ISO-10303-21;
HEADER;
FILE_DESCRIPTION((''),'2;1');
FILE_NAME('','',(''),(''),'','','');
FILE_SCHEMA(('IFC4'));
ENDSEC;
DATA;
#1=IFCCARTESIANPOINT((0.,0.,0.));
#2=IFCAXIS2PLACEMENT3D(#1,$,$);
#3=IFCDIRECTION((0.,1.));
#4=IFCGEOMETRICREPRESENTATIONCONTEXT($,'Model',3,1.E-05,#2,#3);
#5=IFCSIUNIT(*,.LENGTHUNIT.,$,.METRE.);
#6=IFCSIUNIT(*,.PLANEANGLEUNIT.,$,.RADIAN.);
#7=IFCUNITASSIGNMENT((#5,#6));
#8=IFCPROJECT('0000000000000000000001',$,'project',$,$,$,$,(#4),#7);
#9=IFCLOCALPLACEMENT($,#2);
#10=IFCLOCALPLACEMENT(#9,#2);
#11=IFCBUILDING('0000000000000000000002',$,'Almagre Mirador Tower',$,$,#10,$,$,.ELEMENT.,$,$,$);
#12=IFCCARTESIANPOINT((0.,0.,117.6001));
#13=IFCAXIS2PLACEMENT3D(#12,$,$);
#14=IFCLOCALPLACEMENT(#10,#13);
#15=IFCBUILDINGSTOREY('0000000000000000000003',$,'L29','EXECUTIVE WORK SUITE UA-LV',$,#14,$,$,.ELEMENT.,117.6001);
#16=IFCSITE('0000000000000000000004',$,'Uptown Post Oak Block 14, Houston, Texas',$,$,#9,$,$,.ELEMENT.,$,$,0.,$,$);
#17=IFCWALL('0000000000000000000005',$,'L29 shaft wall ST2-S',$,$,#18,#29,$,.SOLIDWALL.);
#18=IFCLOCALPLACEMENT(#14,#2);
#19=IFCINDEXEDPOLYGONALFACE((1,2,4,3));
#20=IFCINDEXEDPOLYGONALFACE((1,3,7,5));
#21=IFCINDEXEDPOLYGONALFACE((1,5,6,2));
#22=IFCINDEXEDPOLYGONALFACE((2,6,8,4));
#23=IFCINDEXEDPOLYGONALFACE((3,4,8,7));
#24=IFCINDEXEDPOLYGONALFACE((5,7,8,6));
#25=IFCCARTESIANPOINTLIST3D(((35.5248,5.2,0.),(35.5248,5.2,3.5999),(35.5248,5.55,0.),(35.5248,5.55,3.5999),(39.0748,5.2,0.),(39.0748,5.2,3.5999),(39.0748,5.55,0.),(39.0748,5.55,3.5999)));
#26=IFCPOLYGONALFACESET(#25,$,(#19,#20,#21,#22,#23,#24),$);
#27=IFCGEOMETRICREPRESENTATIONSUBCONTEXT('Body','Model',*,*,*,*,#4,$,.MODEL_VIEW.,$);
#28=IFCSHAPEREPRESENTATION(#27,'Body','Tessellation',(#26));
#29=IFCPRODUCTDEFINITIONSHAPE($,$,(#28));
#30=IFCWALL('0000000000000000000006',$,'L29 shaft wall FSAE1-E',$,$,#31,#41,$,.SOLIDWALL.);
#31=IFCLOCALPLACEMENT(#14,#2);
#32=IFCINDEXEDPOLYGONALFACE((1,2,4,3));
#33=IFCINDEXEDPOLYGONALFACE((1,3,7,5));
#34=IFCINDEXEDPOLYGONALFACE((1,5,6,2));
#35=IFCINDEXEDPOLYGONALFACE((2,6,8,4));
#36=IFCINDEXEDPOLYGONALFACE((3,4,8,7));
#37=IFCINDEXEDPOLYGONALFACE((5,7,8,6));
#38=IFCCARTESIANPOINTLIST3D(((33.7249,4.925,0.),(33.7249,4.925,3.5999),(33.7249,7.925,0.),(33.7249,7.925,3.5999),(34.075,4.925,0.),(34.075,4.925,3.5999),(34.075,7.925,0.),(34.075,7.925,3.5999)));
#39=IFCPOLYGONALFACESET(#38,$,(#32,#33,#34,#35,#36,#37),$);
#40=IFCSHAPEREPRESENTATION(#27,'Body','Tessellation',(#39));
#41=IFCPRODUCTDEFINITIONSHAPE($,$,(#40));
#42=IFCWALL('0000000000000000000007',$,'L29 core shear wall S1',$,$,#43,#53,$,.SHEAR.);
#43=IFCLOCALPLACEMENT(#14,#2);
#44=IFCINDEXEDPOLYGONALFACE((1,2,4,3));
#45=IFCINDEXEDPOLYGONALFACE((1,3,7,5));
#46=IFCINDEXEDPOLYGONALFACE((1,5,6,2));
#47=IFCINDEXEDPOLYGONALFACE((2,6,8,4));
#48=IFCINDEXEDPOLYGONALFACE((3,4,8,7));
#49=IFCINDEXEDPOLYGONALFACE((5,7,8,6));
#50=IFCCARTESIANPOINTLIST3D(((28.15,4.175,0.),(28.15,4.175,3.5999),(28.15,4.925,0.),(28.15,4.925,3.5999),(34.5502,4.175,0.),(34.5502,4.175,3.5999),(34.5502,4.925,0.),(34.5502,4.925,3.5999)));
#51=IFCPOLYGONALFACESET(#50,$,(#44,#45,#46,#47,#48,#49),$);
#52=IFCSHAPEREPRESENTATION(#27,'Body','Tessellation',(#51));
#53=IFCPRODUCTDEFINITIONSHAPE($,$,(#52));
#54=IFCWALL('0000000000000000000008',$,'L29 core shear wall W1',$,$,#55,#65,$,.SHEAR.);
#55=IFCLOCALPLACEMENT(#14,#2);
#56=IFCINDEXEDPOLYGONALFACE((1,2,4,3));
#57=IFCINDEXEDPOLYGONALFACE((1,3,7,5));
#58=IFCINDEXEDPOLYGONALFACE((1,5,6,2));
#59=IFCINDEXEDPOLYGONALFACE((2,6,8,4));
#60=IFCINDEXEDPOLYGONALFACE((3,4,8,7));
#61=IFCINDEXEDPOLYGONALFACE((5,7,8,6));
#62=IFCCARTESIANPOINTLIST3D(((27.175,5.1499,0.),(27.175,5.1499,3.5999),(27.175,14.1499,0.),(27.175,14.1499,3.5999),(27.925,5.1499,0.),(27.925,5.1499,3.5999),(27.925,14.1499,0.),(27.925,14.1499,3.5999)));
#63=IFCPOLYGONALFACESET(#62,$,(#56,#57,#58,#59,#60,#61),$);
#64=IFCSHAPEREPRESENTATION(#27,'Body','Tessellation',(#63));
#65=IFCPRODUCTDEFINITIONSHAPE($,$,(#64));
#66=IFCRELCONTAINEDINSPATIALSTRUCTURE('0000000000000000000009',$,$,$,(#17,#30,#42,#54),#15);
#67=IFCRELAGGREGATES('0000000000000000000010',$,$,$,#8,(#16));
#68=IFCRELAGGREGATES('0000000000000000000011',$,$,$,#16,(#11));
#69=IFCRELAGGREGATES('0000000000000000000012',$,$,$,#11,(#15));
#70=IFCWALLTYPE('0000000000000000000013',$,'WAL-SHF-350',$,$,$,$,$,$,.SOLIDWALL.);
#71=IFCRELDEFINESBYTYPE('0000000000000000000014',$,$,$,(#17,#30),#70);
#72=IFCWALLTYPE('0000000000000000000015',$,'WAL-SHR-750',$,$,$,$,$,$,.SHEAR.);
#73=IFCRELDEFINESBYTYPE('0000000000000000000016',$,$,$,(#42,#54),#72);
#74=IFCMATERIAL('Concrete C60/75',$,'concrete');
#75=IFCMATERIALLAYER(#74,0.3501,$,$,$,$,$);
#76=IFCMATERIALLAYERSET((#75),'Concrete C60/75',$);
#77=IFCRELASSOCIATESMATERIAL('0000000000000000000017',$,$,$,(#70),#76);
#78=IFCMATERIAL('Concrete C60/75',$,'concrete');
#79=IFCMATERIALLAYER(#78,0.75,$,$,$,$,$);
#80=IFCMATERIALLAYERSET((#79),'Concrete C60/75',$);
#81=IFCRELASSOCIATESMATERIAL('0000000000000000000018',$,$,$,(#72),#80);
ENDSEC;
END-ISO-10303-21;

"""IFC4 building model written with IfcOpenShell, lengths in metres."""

from ifc_helpers import new_model, si_unit, direction, frame, frame_2d, origin, place, context, subcontext, project, spatial, rectangle, extrude, material, layer, layer_set, type_object, element, save


model = new_model("IFC4")

# Units and contexts
model_context = context("Model", 3, precision=1e-05, world=origin(), true_north=direction((0.0, 1.0)))
body_context = subcontext(model_context, "Body", "Model", "MODEL_VIEW")
ifc_project = project(units=[si_unit("LENGTHUNIT", "METRE"), si_unit("PLANEANGLEUNIT", "RADIAN")], contexts=[model_context])

# Site, building, storey
site_placement = place(None, origin())
site = spatial("IfcSite", under=ifc_project, at=site_placement, Name="Uptown Post Oak Block 14, Houston, Texas", CompositionType="ELEMENT", RefElevation=0.0)
building_placement = place(site_placement, origin())
building = spatial("IfcBuilding", under=site, at=building_placement, Name="Almagre Mirador Tower", CompositionType="ELEMENT")
storey_placement = place(building_placement, frame((0.0, 0.0, 117.6001)))
storey = spatial("IfcBuildingStorey", under=building, at=storey_placement, Name="L29", Description="EXECUTIVE WORK SUITE UA-LV", CompositionType="ELEMENT", Elevation=117.6001)

# Shared definitions
ifc_material_1 = material(Name="Concrete C60/75", Category="concrete")
ifc_layer_1 = layer(ifc_material_1, 0.3501)
ifc_layer_set_1 = layer_set([ifc_layer_1], Name="Concrete C60/75")
wall_type_1 = type_object("IfcWallType", Name="WAL-SHF-350", PredefinedType="SOLIDWALL", material=ifc_layer_set_1)

# Walls
wall_1_placement = place(storey_placement, frame((35.5249, 5.375, 0.0), z_axis=(0.0, 0.0, 1.0), x_axis=(1.0, 0.0, 0.0)))
element("IfcWall", 1, at=wall_1_placement, inside=storey, type_object=wall_type_1, Name="L29 shaft wall ST2-S", PredefinedType="SOLIDWALL", context=body_context, shape_type="SweptSolid", body=[
    extrude(rectangle(XDim=3.55, YDim=0.3501, at=frame_2d((1.7749, 0.0))), origin(), (0.0, 0.0, 1.0), 3.5999),
])
wall_2_placement = place(storey_placement, frame((33.8999, 4.925, 0.0), z_axis=(0.0, 0.0, 1.0), x_axis=(0.0, 1.0, 0.0)))
element("IfcWall", 2, at=wall_2_placement, inside=storey, type_object=wall_type_1, Name="L29 shaft wall FSAE1-E", PredefinedType="SOLIDWALL", context=body_context, shape_type="SweptSolid", body=[
    extrude(rectangle(XDim=3.0, YDim=0.3501, at=frame_2d((1.5, 0.0))), origin(), (0.0, 0.0, 1.0), 3.5999),
])
ifc_material_2 = material(Name="Concrete C60/75", Category="concrete")
ifc_layer_2 = layer(ifc_material_2, 0.75)
ifc_layer_set_2 = layer_set([ifc_layer_2], Name="Concrete C60/75")
wall_type_2 = type_object("IfcWallType", Name="WAL-SHR-750", PredefinedType="SHEAR", material=ifc_layer_set_2)
wall_3_placement = place(storey_placement, frame((28.1499, 4.55, 0.0), z_axis=(0.0, 0.0, 1.0), x_axis=(1.0, 0.0, 0.0)))
element("IfcWall", 3, at=wall_3_placement, inside=storey, type_object=wall_type_2, Name="L29 core shear wall S1", PredefinedType="SHEAR", context=body_context, shape_type="SweptSolid", body=[
    extrude(rectangle(XDim=6.4001, YDim=0.75, at=frame_2d((3.2002, 0.0))), origin(), (0.0, 0.0, 1.0), 3.5999),
])
wall_4_placement = place(storey_placement, frame((27.55, 5.1499, 0.0), z_axis=(0.0, 0.0, 1.0), x_axis=(0.0, 1.0, 0.0)))
element("IfcWall", 4, at=wall_4_placement, inside=storey, type_object=wall_type_2, Name="L29 core shear wall W1", PredefinedType="SHEAR", context=body_context, shape_type="SweptSolid", body=[
    extrude(rectangle(XDim=9.0, YDim=0.75, at=frame_2d((4.5, 0.0))), origin(), (0.0, 0.0, 1.0), 3.5999),
])

save(model, "model.ifc")
